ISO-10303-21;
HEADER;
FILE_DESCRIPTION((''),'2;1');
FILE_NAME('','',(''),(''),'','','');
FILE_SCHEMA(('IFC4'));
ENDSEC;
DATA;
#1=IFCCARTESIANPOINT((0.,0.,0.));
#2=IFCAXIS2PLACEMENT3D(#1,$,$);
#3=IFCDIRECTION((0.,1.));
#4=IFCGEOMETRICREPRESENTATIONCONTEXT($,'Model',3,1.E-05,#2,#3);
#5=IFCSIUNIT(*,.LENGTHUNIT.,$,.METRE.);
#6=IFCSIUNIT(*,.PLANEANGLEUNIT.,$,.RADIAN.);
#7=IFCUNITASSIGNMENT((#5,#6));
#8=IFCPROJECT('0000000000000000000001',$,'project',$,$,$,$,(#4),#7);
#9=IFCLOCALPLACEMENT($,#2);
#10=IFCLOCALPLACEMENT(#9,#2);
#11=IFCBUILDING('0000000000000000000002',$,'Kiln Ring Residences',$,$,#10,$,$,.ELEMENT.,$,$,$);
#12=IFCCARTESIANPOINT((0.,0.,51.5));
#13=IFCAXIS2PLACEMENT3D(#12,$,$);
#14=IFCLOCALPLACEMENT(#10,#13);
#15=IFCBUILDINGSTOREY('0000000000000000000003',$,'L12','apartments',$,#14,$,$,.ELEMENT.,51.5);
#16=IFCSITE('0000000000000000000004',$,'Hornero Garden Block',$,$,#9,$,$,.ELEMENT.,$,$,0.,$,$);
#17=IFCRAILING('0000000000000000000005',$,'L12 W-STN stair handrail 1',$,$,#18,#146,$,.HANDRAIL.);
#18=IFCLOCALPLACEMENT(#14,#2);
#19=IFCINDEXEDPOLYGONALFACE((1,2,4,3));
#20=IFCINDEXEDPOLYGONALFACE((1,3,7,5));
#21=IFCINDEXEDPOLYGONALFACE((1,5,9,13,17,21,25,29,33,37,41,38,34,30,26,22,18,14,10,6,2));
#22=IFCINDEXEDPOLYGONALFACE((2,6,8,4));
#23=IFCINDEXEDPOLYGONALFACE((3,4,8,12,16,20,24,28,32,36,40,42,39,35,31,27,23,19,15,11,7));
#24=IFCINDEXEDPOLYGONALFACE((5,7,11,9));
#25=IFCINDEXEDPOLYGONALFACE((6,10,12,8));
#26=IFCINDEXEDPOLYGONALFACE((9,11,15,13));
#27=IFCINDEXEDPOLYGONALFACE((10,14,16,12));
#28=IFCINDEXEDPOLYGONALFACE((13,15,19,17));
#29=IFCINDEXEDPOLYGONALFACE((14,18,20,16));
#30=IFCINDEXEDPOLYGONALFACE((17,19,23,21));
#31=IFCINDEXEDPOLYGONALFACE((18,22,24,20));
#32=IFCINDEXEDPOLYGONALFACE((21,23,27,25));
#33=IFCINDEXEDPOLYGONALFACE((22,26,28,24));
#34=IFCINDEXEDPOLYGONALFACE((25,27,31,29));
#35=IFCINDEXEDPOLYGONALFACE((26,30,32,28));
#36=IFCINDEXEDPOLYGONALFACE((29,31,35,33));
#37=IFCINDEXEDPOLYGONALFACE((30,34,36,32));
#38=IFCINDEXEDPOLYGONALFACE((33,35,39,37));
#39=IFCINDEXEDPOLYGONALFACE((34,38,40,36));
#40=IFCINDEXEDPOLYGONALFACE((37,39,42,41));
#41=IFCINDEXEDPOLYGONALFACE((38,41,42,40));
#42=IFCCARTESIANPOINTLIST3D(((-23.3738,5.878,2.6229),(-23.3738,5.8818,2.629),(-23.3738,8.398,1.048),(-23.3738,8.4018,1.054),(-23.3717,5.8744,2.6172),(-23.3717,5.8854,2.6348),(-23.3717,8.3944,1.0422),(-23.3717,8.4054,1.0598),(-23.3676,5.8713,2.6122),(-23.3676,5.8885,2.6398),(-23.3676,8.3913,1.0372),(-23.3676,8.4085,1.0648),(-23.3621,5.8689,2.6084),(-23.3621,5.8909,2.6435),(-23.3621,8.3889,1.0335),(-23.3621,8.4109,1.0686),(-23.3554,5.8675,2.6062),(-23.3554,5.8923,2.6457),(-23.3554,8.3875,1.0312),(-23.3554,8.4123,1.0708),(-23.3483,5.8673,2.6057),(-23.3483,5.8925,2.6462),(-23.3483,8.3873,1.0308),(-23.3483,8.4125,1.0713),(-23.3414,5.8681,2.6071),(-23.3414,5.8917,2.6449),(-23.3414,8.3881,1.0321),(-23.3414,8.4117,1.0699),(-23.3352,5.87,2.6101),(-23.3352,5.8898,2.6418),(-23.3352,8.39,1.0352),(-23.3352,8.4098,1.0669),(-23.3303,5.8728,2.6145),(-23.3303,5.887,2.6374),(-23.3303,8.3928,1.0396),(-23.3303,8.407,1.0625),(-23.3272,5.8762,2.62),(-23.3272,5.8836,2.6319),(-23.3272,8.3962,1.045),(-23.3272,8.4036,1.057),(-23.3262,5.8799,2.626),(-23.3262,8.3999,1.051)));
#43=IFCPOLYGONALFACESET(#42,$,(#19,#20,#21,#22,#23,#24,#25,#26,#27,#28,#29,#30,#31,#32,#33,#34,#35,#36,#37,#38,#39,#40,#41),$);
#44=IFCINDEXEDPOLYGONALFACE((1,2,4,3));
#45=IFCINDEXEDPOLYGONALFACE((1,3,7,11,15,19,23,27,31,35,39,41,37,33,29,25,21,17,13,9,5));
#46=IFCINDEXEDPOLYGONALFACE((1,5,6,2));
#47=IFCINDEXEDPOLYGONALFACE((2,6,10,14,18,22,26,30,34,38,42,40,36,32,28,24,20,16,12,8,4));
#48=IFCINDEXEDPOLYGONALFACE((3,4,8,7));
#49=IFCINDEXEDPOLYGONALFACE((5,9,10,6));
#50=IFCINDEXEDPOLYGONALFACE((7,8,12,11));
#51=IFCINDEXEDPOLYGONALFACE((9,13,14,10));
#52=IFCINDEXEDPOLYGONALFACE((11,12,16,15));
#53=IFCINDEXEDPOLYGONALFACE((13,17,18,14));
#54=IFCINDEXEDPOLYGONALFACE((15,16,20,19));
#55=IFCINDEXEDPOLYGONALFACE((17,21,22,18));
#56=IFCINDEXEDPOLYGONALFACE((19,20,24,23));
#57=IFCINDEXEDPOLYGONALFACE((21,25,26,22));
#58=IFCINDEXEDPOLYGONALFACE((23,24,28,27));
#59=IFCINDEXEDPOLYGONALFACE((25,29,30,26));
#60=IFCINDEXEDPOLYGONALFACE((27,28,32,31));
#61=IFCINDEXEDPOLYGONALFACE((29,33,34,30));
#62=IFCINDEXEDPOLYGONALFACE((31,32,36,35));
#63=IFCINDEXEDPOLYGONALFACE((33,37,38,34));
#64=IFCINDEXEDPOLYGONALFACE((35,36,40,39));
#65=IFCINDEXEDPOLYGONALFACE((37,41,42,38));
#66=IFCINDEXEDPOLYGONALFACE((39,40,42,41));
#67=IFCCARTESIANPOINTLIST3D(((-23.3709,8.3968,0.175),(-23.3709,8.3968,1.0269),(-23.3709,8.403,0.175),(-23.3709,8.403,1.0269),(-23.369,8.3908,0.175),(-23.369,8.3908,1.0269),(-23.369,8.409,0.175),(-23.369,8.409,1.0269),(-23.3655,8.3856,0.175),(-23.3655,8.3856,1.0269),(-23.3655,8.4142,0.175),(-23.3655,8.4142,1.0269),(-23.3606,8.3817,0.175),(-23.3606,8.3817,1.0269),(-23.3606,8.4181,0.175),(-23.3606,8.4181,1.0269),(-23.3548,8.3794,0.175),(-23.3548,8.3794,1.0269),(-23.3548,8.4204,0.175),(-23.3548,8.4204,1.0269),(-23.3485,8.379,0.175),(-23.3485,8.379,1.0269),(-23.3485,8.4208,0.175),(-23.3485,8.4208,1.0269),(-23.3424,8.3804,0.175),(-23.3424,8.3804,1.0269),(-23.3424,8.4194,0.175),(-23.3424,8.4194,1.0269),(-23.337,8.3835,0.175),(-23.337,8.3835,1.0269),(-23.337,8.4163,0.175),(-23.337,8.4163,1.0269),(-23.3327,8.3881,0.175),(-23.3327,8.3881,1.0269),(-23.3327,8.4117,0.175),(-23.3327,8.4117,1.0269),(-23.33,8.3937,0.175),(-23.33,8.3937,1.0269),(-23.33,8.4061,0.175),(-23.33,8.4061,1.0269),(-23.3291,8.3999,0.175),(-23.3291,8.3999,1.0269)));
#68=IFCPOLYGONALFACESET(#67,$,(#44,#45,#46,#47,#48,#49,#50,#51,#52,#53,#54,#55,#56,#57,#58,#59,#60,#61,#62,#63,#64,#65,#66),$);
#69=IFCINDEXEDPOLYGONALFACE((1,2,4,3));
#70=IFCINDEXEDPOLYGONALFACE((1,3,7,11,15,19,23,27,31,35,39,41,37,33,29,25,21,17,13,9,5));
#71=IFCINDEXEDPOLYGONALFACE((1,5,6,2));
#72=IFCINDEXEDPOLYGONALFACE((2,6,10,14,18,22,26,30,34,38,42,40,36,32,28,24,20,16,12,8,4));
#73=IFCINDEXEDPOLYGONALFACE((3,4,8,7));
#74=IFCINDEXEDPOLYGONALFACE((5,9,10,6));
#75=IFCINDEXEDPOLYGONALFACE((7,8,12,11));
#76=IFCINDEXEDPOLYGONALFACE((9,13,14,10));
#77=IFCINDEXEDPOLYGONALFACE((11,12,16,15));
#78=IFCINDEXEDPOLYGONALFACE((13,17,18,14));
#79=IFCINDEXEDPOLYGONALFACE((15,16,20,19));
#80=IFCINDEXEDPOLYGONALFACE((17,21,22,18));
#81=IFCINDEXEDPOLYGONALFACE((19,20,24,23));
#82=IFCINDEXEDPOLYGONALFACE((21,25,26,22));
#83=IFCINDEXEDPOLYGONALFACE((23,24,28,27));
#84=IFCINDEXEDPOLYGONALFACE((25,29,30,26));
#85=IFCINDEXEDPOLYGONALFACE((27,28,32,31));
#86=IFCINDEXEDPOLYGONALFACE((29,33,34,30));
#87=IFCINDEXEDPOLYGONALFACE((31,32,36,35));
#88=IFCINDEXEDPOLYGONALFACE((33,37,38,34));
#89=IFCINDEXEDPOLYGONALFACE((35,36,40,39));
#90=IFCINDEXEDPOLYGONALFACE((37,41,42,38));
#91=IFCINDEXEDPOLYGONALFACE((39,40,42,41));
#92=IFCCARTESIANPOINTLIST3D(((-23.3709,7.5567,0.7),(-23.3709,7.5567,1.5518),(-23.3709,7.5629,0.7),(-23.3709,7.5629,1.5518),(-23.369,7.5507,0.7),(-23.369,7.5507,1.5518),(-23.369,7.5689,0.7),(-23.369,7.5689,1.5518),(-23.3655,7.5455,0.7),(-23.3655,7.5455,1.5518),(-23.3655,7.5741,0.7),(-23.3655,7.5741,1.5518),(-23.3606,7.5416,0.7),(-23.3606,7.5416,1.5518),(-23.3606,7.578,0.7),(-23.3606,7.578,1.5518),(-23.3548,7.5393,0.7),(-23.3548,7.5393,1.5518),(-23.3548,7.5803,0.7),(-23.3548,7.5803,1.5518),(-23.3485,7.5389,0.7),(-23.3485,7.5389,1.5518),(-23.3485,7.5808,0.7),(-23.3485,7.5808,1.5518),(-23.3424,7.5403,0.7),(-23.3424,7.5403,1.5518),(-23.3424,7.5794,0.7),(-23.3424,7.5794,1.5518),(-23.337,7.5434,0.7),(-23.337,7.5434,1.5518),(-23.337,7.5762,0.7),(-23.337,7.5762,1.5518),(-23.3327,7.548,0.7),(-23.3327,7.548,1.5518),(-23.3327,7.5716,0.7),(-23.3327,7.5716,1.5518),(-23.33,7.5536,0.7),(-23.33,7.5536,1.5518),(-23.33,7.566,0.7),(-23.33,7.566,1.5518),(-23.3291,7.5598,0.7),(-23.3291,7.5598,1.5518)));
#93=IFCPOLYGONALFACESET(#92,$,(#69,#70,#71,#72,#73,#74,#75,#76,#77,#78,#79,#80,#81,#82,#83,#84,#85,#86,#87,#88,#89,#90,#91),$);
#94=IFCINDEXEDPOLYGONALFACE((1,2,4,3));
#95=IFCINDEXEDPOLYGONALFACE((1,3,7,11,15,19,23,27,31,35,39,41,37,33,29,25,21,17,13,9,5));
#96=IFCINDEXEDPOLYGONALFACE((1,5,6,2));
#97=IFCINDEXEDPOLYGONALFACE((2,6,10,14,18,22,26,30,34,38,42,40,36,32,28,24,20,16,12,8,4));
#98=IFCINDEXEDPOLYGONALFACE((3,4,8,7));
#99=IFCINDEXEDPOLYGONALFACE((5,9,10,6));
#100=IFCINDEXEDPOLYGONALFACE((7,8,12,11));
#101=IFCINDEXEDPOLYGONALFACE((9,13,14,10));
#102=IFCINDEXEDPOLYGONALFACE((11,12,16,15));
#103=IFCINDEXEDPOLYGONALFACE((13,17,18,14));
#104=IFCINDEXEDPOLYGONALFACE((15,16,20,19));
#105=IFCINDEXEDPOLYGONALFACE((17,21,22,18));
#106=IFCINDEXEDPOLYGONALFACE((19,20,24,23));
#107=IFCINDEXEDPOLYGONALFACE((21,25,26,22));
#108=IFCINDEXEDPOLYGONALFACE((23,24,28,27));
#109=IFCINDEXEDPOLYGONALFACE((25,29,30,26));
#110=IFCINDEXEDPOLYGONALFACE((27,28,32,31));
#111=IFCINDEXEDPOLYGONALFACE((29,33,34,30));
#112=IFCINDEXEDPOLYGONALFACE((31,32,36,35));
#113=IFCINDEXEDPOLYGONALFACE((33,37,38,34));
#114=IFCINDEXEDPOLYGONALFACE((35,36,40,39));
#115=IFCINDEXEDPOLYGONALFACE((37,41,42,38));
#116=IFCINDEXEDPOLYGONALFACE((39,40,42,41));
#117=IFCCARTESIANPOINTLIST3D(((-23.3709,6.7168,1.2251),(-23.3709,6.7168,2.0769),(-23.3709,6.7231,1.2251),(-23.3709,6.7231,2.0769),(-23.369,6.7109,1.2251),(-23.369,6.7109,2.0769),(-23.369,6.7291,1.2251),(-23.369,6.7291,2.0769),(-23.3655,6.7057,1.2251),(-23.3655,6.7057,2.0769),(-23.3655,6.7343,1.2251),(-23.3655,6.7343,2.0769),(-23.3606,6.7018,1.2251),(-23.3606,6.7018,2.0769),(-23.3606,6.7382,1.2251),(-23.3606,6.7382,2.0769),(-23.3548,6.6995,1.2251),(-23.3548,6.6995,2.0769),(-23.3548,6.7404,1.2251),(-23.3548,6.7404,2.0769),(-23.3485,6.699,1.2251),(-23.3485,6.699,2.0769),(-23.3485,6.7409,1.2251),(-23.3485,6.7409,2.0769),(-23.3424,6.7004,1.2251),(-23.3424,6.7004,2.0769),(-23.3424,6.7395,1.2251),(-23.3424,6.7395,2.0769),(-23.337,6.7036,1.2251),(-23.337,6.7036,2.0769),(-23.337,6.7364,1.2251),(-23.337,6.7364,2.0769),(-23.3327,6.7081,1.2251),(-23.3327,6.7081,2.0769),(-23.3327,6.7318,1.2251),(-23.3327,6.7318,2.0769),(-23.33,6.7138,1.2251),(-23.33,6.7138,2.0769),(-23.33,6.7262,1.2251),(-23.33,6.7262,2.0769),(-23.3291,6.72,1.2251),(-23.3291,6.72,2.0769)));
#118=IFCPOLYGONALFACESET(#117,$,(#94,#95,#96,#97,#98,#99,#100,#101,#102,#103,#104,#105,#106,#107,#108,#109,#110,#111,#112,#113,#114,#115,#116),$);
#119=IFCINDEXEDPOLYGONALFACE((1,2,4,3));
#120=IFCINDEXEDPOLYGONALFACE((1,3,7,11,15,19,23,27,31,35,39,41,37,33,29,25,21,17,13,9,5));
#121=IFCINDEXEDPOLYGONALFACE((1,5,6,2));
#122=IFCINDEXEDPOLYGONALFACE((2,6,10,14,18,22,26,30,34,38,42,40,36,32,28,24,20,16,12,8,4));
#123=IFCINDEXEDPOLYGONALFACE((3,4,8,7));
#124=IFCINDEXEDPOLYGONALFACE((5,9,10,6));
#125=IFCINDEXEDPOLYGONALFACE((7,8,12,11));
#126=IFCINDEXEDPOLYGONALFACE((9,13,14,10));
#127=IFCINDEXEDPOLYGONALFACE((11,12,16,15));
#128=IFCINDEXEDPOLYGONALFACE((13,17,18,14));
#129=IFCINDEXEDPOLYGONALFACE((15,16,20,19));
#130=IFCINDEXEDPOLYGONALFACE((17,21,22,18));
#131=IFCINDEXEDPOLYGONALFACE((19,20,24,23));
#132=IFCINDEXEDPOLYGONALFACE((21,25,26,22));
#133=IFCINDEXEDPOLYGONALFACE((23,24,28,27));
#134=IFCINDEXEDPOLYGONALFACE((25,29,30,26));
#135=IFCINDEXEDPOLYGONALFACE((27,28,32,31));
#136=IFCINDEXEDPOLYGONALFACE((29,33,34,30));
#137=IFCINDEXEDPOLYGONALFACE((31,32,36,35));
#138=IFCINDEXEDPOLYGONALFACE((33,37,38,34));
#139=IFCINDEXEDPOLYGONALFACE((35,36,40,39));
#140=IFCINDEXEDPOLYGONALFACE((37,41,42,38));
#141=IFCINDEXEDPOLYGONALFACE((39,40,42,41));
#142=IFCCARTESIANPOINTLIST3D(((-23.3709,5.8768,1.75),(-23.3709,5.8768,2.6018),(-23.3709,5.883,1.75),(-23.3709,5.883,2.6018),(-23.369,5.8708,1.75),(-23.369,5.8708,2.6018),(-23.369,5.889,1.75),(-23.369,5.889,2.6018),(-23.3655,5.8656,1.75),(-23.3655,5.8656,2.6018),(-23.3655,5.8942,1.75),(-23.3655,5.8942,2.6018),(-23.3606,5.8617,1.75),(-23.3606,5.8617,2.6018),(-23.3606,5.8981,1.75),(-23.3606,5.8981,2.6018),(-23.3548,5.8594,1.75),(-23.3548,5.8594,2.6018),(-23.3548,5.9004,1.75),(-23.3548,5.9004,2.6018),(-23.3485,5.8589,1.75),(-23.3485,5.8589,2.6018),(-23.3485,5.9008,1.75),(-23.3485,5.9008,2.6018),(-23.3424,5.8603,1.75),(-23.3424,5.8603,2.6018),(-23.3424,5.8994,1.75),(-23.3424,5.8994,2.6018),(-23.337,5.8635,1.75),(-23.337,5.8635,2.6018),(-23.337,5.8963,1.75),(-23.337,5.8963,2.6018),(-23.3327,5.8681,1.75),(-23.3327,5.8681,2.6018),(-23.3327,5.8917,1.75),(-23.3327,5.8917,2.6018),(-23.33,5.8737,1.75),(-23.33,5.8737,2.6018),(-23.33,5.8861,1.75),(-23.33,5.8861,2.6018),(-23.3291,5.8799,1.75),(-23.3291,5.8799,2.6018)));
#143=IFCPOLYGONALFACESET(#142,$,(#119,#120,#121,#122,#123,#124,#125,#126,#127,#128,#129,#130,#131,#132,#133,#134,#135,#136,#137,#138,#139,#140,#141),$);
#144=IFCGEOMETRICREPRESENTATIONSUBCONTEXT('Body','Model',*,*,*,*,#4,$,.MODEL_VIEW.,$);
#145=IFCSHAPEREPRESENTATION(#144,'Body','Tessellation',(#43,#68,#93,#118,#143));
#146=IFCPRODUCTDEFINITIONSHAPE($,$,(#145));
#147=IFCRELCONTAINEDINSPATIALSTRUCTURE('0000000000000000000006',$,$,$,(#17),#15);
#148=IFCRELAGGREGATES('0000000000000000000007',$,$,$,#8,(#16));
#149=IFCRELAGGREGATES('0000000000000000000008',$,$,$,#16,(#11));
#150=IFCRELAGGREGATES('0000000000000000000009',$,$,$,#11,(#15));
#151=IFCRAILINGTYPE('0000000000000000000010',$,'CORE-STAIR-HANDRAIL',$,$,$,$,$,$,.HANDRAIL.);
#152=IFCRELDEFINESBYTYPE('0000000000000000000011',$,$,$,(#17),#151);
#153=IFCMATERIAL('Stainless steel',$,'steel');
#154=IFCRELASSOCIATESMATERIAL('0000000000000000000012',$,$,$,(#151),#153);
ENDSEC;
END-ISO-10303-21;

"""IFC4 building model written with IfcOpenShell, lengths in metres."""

from ifc_helpers import new_model, si_unit, direction, frame, origin, origin_2d, place, context, subcontext, project, spatial, circle, extrude, material, type_object, element, save


model = new_model("IFC4")

# Units and contexts
model_context = context("Model", 3, precision=1e-05, world=origin(), true_north=direction((0.0, 1.0)))
body_context = subcontext(model_context, "Body", "Model", "MODEL_VIEW")
ifc_project = project(units=[si_unit("LENGTHUNIT", "METRE"), si_unit("PLANEANGLEUNIT", "RADIAN")], contexts=[model_context])

# Site, building, storey
site_placement = place(None, origin())
site = spatial("IfcSite", under=ifc_project, at=site_placement, Name="Hornero Garden Block", CompositionType="ELEMENT", RefElevation=0.0)
building_placement = place(site_placement, origin())
building = spatial("IfcBuilding", under=site, at=building_placement, Name="Kiln Ring Residences", CompositionType="ELEMENT")
storey_placement = place(building_placement, frame((0.0, 0.0, 51.5)))
storey = spatial("IfcBuildingStorey", under=building, at=storey_placement, Name="L12", Description="apartments", CompositionType="ELEMENT", Elevation=51.5)

# Railing
ifc_material_1 = material(Name="Stainless steel", Category="steel")
railing_type_1 = type_object("IfcRailingType", Name="CORE-STAIR-HANDRAIL", PredefinedType="HANDRAIL", material=ifc_material_1)
railing_1_placement = place(storey_placement, frame((-23.3501, 8.3999, 0.175)))
element("IfcRailing", 1, at=railing_1_placement, inside=storey, type_object=railing_type_1, Name="L12 W-STN stair handrail 1", PredefinedType="HANDRAIL", context=body_context, shape_type="SweptSolid", body=[
    extrude(circle(Radius=0.0239, at=origin_2d()), frame((0.0, 0.0, 0.876), z_axis=(0.0, -0.848008, 0.529984), x_axis=(1.0, 0.0, 0.0)), (0.0, 0.0, 1.0), 2.9717),
    extrude(circle(Radius=0.021, at=origin_2d()), origin(), (0.0, 0.0, 1.0), 0.8518),
    extrude(circle(Radius=0.021, at=origin_2d()), frame((0.0, -0.8401, 0.5249)), (0.0, 0.0, 1.0), 0.8518),
    extrude(circle(Radius=0.021, at=origin_2d()), frame((0.0, -1.6799, 1.05)), (0.0, 0.0, 1.0), 0.8518),
    extrude(circle(Radius=0.021, at=origin_2d()), frame((0.0, -2.52, 1.575)), (0.0, 0.0, 1.0), 0.8518),
])

save(model, "model.ifc")
